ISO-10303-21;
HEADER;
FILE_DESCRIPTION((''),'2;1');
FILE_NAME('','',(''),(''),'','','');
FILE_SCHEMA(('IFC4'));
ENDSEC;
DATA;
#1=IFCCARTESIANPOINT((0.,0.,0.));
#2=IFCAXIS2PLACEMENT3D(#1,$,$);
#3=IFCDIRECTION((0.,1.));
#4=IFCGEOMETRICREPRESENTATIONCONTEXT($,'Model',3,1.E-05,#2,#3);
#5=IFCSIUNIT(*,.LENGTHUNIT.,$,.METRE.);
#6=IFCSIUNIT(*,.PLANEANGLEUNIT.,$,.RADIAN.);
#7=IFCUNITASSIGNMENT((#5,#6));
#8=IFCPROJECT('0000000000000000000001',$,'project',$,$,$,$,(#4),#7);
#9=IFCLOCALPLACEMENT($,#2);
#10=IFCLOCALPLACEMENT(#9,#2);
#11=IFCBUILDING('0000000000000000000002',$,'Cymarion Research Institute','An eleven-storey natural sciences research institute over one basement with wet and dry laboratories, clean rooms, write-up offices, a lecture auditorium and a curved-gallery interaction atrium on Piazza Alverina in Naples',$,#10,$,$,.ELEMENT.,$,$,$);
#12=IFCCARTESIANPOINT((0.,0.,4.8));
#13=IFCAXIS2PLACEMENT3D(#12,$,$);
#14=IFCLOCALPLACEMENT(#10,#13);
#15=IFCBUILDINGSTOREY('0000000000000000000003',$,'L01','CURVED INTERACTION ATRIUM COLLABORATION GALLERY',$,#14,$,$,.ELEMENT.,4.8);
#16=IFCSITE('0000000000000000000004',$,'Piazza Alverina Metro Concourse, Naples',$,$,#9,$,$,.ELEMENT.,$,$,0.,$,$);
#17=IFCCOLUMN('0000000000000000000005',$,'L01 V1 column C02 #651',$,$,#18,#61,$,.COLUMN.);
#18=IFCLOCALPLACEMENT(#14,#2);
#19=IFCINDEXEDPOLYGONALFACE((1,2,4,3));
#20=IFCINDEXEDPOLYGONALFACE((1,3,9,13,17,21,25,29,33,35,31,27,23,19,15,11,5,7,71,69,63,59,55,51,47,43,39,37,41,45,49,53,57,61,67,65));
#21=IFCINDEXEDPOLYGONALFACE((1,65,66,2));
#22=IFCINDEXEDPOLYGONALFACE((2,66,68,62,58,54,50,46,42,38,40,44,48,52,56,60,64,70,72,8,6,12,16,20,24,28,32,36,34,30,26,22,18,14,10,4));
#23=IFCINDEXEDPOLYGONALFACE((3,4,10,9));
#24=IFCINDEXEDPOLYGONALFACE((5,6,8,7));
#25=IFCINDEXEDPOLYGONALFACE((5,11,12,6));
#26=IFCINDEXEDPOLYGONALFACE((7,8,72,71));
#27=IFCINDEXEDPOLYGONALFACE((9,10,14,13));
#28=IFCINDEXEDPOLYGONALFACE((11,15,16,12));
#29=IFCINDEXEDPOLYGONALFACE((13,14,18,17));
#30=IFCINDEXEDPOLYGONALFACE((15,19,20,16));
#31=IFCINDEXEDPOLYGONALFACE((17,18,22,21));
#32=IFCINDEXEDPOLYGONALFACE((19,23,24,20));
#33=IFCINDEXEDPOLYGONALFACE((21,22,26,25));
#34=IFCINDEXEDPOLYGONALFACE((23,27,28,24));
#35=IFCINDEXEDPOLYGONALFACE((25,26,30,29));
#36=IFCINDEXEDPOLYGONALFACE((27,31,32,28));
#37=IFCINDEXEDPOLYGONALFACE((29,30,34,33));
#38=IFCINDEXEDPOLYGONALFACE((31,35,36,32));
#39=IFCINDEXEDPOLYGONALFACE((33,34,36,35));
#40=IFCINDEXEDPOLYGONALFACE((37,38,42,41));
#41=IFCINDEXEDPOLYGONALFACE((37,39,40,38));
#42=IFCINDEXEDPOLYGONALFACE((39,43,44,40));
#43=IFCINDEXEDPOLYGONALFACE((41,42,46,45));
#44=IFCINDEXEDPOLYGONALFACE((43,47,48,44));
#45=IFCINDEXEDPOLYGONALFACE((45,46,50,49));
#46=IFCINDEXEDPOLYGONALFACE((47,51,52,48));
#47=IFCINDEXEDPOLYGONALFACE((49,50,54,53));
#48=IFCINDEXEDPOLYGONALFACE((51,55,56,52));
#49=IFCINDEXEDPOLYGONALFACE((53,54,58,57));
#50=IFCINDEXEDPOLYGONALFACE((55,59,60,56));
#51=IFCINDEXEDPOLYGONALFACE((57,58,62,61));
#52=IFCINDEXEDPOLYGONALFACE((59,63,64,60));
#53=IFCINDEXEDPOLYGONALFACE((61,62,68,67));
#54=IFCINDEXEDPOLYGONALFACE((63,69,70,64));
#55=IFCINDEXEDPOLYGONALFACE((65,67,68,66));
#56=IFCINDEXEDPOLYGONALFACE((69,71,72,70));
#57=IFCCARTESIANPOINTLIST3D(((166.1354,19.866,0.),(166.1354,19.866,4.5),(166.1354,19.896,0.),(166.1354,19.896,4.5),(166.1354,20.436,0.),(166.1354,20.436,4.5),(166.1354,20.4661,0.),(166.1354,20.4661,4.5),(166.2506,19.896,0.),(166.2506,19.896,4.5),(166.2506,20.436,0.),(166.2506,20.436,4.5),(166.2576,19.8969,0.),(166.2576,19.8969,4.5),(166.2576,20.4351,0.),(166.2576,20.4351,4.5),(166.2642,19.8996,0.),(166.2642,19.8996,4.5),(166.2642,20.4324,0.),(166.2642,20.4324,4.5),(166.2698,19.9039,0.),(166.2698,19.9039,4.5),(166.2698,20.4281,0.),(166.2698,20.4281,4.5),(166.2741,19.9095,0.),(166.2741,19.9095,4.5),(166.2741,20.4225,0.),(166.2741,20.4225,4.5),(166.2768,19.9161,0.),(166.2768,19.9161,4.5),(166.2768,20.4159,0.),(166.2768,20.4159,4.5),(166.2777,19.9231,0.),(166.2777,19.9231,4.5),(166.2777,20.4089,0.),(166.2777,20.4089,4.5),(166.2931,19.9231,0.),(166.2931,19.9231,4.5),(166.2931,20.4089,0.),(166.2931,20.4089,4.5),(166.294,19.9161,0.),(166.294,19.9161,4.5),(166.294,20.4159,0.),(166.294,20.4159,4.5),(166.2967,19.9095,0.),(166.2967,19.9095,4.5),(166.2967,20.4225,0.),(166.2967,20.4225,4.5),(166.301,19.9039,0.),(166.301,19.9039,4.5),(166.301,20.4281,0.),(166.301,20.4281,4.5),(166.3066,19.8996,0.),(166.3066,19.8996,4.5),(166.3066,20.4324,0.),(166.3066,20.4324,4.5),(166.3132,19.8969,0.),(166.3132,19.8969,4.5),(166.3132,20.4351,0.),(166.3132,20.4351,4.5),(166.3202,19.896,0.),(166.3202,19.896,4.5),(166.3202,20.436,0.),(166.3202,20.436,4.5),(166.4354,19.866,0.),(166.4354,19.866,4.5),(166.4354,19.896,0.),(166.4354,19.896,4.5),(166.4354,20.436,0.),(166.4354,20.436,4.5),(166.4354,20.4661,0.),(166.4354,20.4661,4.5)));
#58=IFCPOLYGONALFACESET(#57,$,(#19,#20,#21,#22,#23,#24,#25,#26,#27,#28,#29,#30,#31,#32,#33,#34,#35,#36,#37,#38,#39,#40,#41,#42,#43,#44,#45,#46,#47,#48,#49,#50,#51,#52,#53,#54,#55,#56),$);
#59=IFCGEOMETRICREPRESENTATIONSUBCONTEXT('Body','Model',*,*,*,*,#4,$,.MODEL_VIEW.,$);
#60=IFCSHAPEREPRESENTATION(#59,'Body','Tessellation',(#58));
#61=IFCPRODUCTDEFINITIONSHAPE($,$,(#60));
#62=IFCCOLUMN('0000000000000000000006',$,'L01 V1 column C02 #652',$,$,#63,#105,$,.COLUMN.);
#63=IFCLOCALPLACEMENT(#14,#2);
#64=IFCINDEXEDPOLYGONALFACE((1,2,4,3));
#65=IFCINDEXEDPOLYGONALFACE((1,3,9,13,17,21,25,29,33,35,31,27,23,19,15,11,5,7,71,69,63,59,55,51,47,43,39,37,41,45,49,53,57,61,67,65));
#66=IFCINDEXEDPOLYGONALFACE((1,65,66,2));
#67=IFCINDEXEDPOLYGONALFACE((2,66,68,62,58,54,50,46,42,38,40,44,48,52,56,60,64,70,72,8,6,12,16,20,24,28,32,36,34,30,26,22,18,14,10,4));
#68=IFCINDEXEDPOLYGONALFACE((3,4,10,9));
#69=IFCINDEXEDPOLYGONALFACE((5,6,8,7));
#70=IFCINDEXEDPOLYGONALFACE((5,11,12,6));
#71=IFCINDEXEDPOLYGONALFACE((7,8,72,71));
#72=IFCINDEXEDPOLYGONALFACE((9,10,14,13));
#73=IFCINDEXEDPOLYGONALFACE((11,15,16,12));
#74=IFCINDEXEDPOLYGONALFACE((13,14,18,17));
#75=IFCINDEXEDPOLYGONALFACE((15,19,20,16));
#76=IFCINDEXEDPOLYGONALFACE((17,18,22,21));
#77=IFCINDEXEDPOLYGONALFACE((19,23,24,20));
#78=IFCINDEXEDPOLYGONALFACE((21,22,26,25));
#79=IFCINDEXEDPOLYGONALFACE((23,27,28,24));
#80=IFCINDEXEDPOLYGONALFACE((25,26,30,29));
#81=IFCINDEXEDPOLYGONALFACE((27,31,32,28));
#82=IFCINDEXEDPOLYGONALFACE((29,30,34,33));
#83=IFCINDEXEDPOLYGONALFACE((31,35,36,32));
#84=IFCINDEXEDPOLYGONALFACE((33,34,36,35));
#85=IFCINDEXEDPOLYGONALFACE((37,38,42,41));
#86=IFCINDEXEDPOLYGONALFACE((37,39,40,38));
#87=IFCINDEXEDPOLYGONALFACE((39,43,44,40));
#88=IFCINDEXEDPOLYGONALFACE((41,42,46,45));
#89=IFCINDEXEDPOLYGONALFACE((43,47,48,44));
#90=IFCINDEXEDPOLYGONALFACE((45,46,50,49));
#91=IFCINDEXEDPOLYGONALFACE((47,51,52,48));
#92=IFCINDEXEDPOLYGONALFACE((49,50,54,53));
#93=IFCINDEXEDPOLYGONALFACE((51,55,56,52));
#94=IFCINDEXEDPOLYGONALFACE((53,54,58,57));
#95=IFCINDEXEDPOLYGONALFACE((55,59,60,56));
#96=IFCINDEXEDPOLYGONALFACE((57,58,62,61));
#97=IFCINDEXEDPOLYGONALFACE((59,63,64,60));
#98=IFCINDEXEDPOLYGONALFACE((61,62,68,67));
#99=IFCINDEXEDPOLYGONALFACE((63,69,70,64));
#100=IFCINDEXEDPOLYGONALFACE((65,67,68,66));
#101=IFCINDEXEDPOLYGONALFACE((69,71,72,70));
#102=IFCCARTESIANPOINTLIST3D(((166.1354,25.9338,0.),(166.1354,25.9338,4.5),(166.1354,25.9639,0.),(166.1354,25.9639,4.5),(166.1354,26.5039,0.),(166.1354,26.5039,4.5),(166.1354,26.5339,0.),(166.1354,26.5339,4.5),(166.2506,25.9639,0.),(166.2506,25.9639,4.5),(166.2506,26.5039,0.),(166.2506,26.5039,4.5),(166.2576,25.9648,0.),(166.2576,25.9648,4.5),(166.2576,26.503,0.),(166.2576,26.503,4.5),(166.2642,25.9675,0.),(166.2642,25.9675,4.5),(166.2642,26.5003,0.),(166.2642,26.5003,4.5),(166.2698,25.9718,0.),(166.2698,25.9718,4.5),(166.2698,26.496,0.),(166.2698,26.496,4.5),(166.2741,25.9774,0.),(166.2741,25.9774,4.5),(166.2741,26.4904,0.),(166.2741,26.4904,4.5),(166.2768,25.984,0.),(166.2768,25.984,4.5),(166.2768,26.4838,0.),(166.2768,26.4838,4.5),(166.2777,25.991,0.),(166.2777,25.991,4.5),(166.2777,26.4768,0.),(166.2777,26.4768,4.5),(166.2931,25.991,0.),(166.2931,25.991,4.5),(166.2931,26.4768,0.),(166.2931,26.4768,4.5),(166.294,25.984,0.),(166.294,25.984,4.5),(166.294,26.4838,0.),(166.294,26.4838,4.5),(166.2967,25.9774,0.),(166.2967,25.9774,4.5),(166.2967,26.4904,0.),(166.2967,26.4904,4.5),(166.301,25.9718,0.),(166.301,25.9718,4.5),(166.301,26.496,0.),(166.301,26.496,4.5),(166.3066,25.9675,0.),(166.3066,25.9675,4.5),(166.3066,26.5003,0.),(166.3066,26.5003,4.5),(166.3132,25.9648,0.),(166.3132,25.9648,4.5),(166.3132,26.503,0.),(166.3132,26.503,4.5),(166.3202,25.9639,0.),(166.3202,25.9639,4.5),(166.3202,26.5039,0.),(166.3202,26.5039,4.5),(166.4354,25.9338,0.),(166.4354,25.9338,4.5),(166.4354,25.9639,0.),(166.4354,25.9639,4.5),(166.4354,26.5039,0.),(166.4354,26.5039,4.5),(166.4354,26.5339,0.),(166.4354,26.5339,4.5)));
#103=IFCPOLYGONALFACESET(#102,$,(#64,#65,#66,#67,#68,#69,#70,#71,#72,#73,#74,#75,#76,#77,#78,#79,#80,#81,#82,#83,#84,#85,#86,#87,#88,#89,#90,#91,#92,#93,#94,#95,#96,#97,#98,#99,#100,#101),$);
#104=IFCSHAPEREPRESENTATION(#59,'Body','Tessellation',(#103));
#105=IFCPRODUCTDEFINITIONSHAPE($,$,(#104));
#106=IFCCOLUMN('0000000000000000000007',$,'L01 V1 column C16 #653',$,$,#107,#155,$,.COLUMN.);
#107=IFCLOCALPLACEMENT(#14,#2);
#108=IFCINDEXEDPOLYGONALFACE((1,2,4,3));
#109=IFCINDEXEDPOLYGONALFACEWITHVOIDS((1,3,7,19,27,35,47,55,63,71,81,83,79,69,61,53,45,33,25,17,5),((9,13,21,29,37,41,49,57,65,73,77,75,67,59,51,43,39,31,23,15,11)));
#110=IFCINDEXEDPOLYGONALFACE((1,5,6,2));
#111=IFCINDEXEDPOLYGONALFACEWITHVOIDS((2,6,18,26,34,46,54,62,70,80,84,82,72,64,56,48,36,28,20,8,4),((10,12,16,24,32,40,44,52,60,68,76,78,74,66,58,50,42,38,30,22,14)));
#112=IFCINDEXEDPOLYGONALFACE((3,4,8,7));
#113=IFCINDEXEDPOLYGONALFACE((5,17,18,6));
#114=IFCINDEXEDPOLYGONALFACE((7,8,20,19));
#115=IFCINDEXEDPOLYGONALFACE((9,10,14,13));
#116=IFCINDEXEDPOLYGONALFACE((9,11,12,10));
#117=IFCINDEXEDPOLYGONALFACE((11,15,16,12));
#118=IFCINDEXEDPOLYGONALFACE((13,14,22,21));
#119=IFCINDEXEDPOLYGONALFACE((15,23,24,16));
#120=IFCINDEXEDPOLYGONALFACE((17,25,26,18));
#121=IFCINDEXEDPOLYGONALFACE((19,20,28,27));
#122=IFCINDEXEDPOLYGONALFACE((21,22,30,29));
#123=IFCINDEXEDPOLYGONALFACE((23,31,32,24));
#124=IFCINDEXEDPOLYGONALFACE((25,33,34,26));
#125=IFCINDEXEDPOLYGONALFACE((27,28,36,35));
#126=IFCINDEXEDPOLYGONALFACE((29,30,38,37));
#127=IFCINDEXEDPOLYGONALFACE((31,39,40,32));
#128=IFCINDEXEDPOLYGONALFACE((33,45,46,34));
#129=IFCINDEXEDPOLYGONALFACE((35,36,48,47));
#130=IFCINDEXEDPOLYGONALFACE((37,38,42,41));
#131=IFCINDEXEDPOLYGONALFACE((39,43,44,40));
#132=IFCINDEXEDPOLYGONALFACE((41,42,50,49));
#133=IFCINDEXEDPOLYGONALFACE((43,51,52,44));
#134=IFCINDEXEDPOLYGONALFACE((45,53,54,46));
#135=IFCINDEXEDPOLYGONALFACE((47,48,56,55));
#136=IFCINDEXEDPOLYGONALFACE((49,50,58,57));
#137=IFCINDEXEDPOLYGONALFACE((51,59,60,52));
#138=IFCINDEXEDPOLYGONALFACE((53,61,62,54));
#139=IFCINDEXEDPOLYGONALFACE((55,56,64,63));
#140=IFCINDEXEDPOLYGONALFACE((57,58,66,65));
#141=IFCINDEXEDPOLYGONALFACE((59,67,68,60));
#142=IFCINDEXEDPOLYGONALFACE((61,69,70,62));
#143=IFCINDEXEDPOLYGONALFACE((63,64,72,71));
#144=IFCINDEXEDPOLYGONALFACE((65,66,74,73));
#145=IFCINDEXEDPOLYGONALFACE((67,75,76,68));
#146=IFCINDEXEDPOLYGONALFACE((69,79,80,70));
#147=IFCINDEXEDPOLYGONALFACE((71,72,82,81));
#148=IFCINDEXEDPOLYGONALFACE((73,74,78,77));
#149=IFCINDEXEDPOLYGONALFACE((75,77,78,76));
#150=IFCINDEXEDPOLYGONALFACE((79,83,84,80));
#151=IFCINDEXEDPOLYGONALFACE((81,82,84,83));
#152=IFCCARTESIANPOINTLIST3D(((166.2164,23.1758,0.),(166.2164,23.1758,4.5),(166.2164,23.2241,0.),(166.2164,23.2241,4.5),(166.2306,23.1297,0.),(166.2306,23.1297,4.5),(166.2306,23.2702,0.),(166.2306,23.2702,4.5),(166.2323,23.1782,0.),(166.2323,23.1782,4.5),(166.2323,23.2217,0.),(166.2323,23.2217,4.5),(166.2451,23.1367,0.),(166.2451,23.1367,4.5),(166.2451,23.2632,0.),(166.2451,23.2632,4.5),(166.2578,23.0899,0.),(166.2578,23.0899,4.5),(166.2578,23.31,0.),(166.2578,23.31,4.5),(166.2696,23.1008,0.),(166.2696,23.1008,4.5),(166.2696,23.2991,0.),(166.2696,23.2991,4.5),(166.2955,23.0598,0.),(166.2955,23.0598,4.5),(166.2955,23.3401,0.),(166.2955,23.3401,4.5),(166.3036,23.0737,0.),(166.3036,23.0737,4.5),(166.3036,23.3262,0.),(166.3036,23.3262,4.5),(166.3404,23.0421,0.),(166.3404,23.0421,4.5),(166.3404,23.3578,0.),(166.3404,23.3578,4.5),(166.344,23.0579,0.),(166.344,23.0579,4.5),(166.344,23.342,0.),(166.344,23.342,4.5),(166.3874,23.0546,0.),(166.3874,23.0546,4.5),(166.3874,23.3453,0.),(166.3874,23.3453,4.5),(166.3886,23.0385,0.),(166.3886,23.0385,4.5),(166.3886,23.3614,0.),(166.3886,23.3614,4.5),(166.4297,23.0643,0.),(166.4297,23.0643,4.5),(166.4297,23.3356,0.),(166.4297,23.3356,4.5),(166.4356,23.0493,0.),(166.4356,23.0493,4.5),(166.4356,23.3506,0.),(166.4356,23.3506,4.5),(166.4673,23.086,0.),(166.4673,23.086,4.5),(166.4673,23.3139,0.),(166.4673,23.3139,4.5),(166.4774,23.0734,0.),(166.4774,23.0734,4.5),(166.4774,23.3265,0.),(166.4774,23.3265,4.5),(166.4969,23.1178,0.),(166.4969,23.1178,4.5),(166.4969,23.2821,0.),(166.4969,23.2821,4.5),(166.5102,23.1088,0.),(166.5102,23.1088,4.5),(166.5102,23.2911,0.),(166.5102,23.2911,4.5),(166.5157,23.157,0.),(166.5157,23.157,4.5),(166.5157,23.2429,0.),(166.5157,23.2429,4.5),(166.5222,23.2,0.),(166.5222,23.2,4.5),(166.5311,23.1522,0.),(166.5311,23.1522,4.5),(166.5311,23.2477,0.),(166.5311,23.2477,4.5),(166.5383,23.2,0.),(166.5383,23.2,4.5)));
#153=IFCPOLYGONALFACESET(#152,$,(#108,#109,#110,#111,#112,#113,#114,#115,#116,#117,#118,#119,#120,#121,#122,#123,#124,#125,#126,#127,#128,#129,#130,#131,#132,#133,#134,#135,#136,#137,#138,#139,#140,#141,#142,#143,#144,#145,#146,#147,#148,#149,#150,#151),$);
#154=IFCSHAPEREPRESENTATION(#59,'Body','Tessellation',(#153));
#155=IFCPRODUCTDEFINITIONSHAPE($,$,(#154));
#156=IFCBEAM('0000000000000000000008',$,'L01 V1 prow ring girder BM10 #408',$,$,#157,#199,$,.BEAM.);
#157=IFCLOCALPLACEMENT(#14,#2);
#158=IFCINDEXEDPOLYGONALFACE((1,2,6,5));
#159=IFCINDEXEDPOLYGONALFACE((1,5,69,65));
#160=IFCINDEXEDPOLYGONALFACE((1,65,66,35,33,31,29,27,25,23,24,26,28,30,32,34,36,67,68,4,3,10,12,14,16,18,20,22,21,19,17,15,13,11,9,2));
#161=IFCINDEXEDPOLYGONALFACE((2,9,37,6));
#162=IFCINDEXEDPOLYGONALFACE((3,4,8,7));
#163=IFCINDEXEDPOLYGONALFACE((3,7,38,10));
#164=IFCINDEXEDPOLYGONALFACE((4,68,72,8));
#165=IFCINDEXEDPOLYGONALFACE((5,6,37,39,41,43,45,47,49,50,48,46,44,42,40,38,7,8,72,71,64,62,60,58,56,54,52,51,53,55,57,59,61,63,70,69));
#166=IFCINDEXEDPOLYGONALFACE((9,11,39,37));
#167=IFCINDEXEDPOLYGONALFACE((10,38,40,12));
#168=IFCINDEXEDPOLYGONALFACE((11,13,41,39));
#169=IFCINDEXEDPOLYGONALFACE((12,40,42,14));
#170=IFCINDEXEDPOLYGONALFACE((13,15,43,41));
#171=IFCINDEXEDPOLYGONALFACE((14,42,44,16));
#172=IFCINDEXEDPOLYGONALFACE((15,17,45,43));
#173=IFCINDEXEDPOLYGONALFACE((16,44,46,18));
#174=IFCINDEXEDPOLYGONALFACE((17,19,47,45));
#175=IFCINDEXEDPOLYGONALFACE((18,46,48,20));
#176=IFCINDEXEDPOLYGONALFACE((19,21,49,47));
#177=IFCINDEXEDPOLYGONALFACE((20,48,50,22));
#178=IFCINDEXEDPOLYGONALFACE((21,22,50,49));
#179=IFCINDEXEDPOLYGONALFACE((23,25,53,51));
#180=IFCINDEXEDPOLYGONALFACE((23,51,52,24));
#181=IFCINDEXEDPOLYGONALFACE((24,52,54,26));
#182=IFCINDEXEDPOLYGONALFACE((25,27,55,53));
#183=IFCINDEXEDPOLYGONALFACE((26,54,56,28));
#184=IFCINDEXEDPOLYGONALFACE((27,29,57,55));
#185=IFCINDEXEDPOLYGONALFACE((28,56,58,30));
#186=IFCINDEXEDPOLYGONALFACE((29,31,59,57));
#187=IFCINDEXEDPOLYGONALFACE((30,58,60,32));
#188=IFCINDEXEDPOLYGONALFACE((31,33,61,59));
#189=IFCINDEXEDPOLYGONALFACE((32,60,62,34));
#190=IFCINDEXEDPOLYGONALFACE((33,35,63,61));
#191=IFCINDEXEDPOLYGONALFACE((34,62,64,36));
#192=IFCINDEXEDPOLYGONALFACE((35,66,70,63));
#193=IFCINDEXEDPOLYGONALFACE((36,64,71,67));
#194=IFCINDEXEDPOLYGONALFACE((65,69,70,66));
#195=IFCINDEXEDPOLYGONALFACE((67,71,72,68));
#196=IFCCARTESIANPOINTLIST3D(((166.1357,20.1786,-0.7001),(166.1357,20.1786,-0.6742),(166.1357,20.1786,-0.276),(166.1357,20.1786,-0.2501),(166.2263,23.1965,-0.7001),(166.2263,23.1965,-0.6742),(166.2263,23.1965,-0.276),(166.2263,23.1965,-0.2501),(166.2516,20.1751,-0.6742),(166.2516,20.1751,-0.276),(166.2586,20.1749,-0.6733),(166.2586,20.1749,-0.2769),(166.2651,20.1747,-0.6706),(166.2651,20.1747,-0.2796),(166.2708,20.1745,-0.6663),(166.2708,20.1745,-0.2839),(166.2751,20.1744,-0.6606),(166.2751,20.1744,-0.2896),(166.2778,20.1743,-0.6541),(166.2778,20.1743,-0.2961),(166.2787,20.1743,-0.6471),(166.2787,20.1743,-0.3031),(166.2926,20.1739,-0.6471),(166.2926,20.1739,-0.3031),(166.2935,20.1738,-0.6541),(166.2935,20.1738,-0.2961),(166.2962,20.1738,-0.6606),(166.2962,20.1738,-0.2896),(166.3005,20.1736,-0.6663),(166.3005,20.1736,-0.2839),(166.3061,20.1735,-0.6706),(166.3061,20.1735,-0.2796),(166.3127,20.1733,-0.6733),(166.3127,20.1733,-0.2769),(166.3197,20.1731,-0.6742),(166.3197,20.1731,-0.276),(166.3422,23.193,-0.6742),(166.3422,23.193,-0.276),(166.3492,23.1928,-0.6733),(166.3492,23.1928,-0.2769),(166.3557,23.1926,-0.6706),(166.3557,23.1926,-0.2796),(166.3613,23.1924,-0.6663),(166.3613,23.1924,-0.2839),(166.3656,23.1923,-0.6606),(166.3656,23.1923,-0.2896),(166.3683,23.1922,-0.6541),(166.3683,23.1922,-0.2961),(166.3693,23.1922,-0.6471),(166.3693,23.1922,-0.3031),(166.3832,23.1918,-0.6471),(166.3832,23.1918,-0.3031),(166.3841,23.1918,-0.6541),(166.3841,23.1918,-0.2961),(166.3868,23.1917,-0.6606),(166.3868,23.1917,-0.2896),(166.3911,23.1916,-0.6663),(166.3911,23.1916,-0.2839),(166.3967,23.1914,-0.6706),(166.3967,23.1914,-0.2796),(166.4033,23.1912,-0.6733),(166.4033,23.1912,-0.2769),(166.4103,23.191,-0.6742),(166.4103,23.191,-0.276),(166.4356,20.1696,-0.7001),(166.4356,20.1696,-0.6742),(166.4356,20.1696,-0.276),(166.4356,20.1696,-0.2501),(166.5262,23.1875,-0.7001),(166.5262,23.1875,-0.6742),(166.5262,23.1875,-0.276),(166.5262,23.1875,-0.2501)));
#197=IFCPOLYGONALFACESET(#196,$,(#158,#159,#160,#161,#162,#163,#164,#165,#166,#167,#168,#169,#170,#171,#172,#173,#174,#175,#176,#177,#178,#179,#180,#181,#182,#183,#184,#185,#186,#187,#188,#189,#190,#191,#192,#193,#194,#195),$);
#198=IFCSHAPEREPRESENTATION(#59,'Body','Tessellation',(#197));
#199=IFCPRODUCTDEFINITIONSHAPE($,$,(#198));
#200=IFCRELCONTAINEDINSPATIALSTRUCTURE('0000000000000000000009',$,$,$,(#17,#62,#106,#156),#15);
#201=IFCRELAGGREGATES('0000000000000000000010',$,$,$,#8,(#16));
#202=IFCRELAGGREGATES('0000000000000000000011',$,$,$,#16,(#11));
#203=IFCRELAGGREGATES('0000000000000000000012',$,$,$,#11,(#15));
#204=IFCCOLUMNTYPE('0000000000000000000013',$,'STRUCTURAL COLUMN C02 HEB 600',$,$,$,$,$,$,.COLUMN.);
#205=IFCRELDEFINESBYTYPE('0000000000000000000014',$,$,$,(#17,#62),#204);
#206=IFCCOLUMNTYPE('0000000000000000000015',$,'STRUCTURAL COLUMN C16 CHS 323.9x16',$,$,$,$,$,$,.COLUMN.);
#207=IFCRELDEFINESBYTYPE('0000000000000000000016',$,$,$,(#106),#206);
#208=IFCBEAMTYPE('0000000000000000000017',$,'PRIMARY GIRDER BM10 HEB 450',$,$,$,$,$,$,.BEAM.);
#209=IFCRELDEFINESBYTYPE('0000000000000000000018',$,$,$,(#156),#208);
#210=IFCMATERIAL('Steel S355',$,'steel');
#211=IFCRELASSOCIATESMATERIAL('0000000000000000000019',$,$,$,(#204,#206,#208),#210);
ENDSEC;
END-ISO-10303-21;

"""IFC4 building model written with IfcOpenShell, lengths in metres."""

from ifc_helpers import new_model, si_unit, direction, frame, origin, origin_2d, place, context, subcontext, project, spatial, hollow_circle, i_section, extrude, material, material_profile, profile_set, type_object, element, save


model = new_model("IFC4")

# Units and contexts
model_context = context("Model", 3, precision=1e-05, world=origin(), true_north=direction((0.0, 1.0)))
body_context = subcontext(model_context, "Body", "Model", "MODEL_VIEW")
ifc_project = project(units=[si_unit("LENGTHUNIT", "METRE"), si_unit("PLANEANGLEUNIT", "RADIAN")], contexts=[model_context])

# Site, building, storey
site_placement = place(None, origin())
site = spatial("IfcSite", under=ifc_project, at=site_placement, Name="Piazza Alverina Metro Concourse, Naples", CompositionType="ELEMENT", RefElevation=0.0)
building_placement = place(site_placement, origin())
building = spatial("IfcBuilding", under=site, at=building_placement, Name="Cymarion Research Institute", Description="An eleven-storey natural sciences research institute over one basement with wet and dry laboratories, clean rooms, write-up offices, a lecture auditorium and a curved-gallery interaction atrium on Piazza Alverina in Naples", CompositionType="ELEMENT")
storey_placement = place(building_placement, frame((0.0, 0.0, 4.8)))
storey = spatial("IfcBuildingStorey", under=building, at=storey_placement, Name="L01", Description="CURVED INTERACTION ATRIUM COLLABORATION GALLERY", CompositionType="ELEMENT", Elevation=4.8)

# Columns
ifc_material_1 = material(Name="Steel S355", Category="steel")
ifc_material_profile_1 = material_profile(ifc_material_1, i_section(OverallWidth=0.3, OverallDepth=0.6001, WebThickness=0.0154, FlangeThickness=0.03, FilletRadius=0.0271, at=origin_2d()), Name="HEB 600")
ifc_profile_set_1 = profile_set([ifc_material_profile_1], Name="Steel S355")
column_type_1 = type_object("IfcColumnType", Name="STRUCTURAL COLUMN C02 HEB 600", PredefinedType="COLUMN", material=ifc_profile_set_1)
for number, where, z_axis, x_axis, name in (
    (1, (166.2854, 20.166, 0.0), (0.0, 0.0, 1.0), (1.0, 0.0, 0.0), "L01 V1 column C02 #651"),
    (2, (166.2854, 26.2339, 0.0), (0.0, 0.0, 1.0), (1.0, 0.0, 0.0), "L01 V1 column C02 #652"),
):
    element("IfcColumn", number, at=place(storey_placement, frame(where, z_axis=z_axis, x_axis=x_axis)), inside=storey, type_object=column_type_1, Name=name, PredefinedType="COLUMN", context=body_context, shape_type="SweptSolid", body=[
        extrude(i_section(OverallWidth=0.3, OverallDepth=0.6001, WebThickness=0.0154, FlangeThickness=0.03, FilletRadius=0.0271, at=origin_2d()), origin(), (0.0, 0.0, 1.0), 4.5),
    ])
ifc_material_profile_2 = material_profile(ifc_material_1, hollow_circle(Radius=0.1619, WallThickness=0.0161, at=origin_2d()), Name="CHS 323.9x16")
ifc_profile_set_2 = profile_set([ifc_material_profile_2], Name="Steel S355")
column_type_2 = type_object("IfcColumnType", Name="STRUCTURAL COLUMN C16 CHS 323.9x16", PredefinedType="COLUMN", material=ifc_profile_set_2)
column_placement = place(storey_placement, frame((166.3765, 23.2, 0.0), z_axis=(0.0, 0.0, 1.0), x_axis=(1.0, 0.0, 0.0)))
element("IfcColumn", 3, at=column_placement, inside=storey, type_object=column_type_2, Name="L01 V1 column C16 #653", PredefinedType="COLUMN", context=body_context, shape_type="SweptSolid", body=[
    extrude(hollow_circle(Radius=0.1619, WallThickness=0.0161, at=origin_2d()), origin(), (0.0, 0.0, 1.0), 4.5),
])

# Beam
ifc_material_profile_3 = material_profile(ifc_material_1, i_section(OverallWidth=0.3, OverallDepth=0.45, WebThickness=0.0139, FlangeThickness=0.0259, FilletRadius=0.0271, at=origin_2d()), Name="HEB 450")
ifc_profile_set_3 = profile_set([ifc_material_profile_3], Name="Steel S355")
beam_type = type_object("IfcBeamType", Name="PRIMARY GIRDER BM10 HEB 450", PredefinedType="BEAM", material=ifc_profile_set_3)
beam_1_placement = place(storey_placement, frame((166.2856, 20.1741, -0.4751), z_axis=(0.03, 0.99955, 0.0), x_axis=(-0.99955, 0.03, 0.0)))
element("IfcBeam", 4, at=beam_1_placement, inside=storey, type_object=beam_type, Name="L01 V1 prow ring girder BM10 #408", PredefinedType="BEAM", context=body_context, shape_type="SweptSolid", body=[
    extrude(i_section(OverallWidth=0.3, OverallDepth=0.45, WebThickness=0.0139, FlangeThickness=0.0259, FilletRadius=0.0271, at=origin_2d()), origin(), (0.0, 0.0, 1.0), 3.0193),
])

save(model, "model.ifc")
